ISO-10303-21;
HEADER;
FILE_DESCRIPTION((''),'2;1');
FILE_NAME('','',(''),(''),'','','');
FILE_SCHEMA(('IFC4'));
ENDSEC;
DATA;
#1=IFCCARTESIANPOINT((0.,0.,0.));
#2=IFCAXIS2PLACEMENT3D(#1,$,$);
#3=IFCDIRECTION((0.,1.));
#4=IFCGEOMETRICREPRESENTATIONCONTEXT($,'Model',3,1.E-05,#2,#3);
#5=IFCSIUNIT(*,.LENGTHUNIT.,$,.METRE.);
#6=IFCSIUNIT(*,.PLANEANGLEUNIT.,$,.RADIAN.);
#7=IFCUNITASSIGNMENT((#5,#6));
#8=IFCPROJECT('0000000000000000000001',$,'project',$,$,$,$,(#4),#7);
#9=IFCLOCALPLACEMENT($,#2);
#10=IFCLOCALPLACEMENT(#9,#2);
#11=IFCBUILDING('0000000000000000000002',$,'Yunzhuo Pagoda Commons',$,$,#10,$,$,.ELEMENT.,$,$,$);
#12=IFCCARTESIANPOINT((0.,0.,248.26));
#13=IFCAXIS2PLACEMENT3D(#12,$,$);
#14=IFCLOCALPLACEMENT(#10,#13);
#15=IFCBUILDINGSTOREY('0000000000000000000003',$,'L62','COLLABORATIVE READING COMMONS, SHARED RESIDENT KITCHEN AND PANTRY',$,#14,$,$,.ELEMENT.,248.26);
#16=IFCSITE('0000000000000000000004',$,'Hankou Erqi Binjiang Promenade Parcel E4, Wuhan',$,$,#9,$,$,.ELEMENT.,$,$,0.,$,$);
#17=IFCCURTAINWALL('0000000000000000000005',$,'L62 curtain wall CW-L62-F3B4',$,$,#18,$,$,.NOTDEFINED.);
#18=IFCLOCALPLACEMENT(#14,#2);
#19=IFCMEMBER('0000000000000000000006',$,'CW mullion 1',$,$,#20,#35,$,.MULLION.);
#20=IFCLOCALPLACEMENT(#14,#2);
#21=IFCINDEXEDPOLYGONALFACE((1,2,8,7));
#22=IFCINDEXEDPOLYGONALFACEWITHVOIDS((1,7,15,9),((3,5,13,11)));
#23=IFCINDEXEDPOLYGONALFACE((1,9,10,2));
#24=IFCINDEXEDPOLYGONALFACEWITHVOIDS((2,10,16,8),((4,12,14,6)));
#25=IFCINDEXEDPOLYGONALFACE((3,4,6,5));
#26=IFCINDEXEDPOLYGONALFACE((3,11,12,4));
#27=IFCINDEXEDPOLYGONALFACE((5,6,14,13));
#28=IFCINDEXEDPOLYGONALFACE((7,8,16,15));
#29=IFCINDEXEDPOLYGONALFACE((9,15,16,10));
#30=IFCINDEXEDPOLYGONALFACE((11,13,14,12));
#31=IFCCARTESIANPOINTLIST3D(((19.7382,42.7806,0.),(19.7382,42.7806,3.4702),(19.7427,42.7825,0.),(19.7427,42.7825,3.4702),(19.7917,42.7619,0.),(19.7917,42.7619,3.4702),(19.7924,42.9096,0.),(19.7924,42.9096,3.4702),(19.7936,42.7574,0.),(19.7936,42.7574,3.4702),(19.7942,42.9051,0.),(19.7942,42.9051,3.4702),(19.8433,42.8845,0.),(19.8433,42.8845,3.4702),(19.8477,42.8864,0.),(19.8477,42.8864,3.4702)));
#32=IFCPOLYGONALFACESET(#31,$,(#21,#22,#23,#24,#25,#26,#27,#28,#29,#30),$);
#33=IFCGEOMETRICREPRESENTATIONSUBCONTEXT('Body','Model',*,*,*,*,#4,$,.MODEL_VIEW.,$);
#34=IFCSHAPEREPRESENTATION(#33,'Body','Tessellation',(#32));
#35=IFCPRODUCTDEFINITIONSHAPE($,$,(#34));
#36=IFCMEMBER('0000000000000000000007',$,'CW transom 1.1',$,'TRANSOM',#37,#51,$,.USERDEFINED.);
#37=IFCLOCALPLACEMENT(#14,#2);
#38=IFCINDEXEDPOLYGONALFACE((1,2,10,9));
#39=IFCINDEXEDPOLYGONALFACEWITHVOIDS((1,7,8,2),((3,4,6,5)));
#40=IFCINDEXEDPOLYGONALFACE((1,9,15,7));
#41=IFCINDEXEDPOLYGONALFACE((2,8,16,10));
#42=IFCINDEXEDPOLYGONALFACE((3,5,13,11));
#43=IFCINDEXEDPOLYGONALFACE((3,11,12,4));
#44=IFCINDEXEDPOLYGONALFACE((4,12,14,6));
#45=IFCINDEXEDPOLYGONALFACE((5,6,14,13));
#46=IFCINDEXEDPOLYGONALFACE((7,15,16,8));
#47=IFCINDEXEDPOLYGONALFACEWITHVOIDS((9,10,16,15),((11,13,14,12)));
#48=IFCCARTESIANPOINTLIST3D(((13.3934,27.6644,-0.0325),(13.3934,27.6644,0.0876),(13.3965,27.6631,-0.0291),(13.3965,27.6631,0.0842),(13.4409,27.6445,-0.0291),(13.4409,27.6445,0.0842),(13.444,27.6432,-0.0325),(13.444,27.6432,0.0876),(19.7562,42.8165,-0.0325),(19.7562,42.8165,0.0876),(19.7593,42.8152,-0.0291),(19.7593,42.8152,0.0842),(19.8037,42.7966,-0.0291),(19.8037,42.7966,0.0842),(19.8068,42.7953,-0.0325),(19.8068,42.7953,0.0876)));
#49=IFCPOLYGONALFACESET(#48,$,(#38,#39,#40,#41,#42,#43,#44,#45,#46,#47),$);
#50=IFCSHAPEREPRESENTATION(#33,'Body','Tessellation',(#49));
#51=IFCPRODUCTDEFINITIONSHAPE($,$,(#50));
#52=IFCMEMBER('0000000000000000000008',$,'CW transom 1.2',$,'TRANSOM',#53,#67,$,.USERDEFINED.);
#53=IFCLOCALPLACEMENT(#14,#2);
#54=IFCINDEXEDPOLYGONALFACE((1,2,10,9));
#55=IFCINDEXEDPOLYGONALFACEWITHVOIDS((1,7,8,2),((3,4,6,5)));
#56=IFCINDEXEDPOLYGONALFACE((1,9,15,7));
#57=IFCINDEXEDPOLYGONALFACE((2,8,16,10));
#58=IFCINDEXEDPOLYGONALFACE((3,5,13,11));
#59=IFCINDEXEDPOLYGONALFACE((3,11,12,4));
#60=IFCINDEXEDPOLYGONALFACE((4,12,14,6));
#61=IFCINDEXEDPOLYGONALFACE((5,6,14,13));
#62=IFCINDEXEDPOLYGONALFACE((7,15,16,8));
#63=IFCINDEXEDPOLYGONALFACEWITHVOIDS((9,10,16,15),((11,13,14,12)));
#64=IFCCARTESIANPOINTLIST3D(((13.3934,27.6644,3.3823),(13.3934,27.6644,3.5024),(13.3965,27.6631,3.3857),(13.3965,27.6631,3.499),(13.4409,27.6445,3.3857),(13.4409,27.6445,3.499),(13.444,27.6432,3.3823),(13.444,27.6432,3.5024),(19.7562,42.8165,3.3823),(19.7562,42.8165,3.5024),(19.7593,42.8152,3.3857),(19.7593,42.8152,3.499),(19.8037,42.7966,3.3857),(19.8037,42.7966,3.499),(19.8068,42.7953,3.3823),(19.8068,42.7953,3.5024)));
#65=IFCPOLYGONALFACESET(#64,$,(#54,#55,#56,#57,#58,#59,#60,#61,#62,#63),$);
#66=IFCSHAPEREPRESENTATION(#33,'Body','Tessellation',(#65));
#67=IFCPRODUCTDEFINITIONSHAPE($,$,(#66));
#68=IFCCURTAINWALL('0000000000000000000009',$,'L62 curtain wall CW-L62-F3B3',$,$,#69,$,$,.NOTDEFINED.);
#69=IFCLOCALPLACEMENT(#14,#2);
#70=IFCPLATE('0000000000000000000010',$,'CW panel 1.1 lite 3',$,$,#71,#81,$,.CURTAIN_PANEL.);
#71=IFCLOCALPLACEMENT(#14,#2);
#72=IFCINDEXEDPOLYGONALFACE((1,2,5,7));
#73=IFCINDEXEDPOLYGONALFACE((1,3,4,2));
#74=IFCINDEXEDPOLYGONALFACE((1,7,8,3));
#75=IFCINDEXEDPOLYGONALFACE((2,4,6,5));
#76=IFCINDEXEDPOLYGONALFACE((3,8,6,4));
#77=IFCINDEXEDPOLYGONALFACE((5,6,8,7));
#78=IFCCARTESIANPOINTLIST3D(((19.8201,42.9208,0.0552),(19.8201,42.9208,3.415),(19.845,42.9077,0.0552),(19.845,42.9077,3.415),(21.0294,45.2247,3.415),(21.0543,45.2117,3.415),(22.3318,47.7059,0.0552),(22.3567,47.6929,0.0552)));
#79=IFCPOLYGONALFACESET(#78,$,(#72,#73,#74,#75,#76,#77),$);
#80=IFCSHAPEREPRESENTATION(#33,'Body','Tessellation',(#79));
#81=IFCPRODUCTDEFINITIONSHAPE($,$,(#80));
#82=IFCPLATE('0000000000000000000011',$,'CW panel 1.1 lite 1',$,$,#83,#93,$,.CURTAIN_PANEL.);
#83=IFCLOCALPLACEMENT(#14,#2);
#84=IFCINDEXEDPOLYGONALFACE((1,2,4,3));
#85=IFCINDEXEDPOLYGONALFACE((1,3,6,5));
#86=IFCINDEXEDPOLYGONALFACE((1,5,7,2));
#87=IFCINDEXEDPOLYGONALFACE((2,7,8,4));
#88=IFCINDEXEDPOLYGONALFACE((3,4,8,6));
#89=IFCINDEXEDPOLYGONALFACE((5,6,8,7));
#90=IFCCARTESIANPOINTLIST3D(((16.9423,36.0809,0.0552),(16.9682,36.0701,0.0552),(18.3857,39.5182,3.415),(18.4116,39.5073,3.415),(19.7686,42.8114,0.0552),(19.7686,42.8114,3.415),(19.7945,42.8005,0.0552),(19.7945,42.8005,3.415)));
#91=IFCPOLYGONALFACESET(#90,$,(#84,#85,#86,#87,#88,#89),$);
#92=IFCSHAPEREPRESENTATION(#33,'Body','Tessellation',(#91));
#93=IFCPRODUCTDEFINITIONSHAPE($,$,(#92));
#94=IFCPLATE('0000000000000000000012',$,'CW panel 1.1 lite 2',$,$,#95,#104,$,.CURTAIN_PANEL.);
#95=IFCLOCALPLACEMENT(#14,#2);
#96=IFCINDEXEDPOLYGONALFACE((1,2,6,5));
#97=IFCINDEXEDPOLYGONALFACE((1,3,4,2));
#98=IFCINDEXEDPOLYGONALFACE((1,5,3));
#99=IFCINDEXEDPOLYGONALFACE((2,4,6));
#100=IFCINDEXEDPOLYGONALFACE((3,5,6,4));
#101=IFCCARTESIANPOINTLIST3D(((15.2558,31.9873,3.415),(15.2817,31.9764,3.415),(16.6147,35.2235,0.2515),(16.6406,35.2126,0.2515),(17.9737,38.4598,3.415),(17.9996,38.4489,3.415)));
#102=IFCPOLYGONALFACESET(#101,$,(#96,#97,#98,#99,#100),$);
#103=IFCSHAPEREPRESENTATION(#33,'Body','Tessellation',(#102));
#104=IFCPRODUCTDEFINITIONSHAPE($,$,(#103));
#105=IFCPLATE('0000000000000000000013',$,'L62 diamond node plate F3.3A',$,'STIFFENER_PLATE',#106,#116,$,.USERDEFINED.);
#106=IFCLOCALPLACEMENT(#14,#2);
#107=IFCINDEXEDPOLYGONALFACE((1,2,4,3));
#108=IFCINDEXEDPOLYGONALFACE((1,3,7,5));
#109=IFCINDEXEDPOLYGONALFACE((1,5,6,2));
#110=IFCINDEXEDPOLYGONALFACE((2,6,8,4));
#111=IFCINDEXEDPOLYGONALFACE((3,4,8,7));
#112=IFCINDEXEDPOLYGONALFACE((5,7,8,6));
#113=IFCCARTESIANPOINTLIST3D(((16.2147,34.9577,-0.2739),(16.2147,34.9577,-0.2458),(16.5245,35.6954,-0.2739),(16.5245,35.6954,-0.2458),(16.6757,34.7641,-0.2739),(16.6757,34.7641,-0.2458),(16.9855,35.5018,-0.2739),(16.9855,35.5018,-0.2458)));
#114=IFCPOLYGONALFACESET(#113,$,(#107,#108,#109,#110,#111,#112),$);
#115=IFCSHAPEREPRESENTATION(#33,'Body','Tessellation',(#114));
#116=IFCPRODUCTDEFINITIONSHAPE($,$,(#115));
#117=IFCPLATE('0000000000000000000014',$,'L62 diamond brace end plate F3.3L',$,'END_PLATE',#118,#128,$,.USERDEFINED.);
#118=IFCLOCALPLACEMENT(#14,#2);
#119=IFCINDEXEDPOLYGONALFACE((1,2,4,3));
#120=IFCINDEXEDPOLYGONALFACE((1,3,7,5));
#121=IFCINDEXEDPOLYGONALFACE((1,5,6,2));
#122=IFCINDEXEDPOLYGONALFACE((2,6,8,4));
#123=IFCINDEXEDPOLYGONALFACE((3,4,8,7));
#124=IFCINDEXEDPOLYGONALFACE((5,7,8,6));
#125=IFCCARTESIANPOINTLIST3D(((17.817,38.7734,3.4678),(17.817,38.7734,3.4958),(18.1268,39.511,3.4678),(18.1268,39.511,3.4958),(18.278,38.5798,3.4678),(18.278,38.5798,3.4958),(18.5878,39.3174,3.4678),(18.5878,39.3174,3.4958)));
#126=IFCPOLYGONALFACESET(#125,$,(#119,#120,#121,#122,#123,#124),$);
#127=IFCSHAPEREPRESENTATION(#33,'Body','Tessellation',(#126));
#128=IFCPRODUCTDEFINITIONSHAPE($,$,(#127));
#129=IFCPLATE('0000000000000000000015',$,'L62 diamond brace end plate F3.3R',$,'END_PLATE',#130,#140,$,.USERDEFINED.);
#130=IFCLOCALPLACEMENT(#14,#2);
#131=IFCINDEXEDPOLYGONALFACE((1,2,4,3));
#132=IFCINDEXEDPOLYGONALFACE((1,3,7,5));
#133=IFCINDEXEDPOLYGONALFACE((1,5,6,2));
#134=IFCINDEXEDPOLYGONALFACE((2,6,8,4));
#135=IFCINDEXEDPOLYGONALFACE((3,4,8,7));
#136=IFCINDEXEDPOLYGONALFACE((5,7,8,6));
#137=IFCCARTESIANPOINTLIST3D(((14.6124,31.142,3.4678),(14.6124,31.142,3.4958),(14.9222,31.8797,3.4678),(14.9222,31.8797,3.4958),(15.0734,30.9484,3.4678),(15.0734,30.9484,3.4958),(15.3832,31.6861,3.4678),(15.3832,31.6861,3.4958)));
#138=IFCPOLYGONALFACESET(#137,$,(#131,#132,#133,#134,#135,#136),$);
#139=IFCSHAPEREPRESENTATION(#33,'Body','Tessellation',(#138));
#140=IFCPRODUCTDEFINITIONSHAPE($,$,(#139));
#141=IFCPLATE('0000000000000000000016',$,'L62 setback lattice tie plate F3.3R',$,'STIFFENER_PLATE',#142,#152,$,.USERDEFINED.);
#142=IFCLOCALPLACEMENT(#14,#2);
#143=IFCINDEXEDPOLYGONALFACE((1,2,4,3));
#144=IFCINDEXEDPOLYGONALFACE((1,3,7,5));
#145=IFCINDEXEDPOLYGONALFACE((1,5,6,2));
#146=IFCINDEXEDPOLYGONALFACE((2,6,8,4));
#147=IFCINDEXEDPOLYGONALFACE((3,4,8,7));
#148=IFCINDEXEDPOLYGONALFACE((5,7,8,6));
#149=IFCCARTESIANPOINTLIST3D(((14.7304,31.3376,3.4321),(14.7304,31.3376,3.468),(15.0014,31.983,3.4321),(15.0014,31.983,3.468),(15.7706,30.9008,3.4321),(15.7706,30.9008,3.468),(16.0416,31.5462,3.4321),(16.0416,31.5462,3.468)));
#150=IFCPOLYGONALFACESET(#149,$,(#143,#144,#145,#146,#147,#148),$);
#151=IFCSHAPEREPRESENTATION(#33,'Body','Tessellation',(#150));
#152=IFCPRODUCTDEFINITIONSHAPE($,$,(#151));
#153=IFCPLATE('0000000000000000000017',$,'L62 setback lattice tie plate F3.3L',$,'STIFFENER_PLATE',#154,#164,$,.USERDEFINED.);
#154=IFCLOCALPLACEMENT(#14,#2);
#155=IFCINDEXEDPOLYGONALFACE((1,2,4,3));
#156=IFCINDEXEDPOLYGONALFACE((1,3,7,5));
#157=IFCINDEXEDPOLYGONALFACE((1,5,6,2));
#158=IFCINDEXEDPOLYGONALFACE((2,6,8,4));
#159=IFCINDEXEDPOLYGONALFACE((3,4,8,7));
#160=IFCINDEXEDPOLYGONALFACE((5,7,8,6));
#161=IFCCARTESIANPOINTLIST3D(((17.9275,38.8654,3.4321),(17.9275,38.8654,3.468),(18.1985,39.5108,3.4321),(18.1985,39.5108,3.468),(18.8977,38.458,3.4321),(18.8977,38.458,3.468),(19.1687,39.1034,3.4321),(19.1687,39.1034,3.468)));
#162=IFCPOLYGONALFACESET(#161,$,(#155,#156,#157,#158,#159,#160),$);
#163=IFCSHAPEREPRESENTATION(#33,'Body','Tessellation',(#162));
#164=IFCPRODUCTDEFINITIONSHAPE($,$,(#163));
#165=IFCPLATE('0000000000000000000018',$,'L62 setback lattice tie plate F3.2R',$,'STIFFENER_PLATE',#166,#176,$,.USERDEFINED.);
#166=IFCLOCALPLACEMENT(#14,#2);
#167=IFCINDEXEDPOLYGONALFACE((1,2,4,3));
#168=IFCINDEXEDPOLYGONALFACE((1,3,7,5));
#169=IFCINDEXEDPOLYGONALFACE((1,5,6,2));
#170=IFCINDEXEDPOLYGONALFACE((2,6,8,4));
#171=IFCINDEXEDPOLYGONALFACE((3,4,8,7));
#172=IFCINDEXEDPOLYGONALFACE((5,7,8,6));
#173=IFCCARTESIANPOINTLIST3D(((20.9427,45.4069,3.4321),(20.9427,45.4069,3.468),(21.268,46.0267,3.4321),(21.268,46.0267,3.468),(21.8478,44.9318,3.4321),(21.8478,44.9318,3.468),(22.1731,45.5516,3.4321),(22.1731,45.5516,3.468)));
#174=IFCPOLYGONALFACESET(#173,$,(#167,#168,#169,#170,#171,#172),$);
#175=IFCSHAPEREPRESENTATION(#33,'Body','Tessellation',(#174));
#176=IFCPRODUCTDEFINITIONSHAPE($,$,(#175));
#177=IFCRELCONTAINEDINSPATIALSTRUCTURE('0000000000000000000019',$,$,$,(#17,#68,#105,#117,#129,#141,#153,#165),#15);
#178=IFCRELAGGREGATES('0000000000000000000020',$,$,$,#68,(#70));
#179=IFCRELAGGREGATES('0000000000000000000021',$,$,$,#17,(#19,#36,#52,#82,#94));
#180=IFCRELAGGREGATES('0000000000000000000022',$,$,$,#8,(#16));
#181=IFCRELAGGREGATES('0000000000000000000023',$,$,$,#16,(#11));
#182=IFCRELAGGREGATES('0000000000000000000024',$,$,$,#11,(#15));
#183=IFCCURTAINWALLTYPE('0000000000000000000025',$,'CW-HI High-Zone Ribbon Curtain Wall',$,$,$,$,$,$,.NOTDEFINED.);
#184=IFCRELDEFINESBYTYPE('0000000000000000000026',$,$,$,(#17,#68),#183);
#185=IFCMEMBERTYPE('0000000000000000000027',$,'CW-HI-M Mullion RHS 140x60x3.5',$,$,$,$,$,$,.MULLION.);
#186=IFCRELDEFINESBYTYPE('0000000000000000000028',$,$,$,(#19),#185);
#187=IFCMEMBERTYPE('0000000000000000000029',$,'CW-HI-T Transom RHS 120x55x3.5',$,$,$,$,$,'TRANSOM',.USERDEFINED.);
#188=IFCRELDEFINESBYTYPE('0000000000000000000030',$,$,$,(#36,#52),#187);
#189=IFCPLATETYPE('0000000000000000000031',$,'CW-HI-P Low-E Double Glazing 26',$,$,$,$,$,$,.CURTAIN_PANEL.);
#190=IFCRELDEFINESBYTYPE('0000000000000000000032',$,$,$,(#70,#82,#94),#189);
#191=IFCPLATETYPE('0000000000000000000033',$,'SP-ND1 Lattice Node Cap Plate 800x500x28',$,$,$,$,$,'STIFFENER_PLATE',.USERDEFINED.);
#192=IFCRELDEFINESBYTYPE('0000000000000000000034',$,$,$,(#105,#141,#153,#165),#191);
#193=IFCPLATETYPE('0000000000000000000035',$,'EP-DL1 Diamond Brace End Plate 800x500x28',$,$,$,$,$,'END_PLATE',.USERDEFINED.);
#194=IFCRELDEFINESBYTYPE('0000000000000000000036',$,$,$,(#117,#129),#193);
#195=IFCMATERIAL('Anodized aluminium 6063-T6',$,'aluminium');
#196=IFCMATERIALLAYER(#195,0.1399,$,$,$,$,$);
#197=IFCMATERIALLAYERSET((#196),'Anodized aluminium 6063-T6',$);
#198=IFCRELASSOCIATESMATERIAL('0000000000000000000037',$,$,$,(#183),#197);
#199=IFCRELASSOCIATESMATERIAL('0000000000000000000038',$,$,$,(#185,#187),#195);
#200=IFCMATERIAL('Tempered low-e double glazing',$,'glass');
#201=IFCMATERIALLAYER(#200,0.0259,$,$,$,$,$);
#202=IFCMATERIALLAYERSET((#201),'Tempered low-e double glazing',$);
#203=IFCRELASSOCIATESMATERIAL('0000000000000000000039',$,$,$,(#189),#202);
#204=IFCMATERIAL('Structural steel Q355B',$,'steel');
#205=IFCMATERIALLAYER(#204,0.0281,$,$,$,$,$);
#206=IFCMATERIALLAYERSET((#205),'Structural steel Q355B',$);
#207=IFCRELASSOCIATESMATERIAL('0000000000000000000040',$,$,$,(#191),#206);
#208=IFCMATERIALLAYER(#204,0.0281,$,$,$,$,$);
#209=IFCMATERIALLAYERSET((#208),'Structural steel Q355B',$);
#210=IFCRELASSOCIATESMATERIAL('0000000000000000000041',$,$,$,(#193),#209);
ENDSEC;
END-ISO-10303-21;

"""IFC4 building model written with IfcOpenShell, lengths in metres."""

from ifc_helpers import new_model, si_unit, direction, frame, origin, origin_2d, place, context, subcontext, project, spatial, polyline, rectangle, hollow_rectangle, outline, extrude, source, transform, mapped, material, layer, layer_set, material_profile, profile_set, type_object, element, aggregate, save


model = new_model("IFC4")

# Units and contexts
model_context = context("Model", 3, precision=1e-05, world=origin(), true_north=direction((0.0, 1.0)))
body_context = subcontext(model_context, "Body", "Model", "MODEL_VIEW")
ifc_project = project(units=[si_unit("LENGTHUNIT", "METRE"), si_unit("PLANEANGLEUNIT", "RADIAN")], contexts=[model_context])

# Site, building, storey
site_placement = place(None, origin())
site = spatial("IfcSite", under=ifc_project, at=site_placement, Name="Hankou Erqi Binjiang Promenade Parcel E4, Wuhan", CompositionType="ELEMENT", RefElevation=0.0)
building_placement = place(site_placement, origin())
building = spatial("IfcBuilding", under=site, at=building_placement, Name="Yunzhuo Pagoda Commons", CompositionType="ELEMENT")
storey_placement = place(building_placement, frame((0.0, 0.0, 248.26)))
storey = spatial("IfcBuildingStorey", under=building, at=storey_placement, Name="L62", Description="COLLABORATIVE READING COMMONS, SHARED RESIDENT KITCHEN AND PANTRY", CompositionType="ELEMENT", Elevation=248.26)

# Shared definitions
ifc_material_1 = material(Name="Structural steel Q355B", Category="steel")

# Curtain wall, members
ifc_material_2 = material(Name="Anodized aluminium 6063-T6", Category="aluminium")
ifc_layer_1 = layer(ifc_material_2, 0.1399)
ifc_layer_set_1 = layer_set([ifc_layer_1], Name="Anodized aluminium 6063-T6")
curtain_wall_type = type_object("IfcCurtainWallType", Name="CW-HI High-Zone Ribbon Curtain Wall", PredefinedType="NOTDEFINED", material=ifc_layer_set_1)
curtain_wall_1_placement = place(storey_placement, origin())
curtain_wall_1 = element("IfcCurtainWall", 1, at=curtain_wall_1_placement, inside=storey, type_object=curtain_wall_type, Name="L62 curtain wall CW-L62-F3B4", PredefinedType="NOTDEFINED")
ifc_material_profile_1 = material_profile(ifc_material_2, hollow_rectangle(XDim=0.0601, YDim=0.1399, WallThickness=0.0034, at=origin_2d()), Name="Anodized aluminium 6063-T6")
ifc_profile_set_1 = profile_set([ifc_material_profile_1], Name="Anodized aluminium 6063-T6")
member_type_1 = type_object("IfcMemberType", Name="CW-HI-M Mullion RHS 140x60x3.5", PredefinedType="MULLION", material=ifc_profile_set_1)
shared_shape_1 = source(origin(), body_context, "Body", "SweptSolid", [
    extrude(hollow_rectangle(XDim=0.0601, YDim=0.1399, WallThickness=0.0034, at=origin_2d()), origin(), (0.0, 0.0, 1.0), 3.4702),
])
member_1_placement = place(storey_placement, frame((19.793, 42.8335, 0.0), z_axis=(0.0, 0.0, 1.0), x_axis=(0.922008, -0.38717, 0.0)))
member_1 = element("IfcMember", 2, at=member_1_placement, type_object=member_type_1, Name="CW mullion 1", PredefinedType="MULLION", context=body_context, shape_type="MappedRepresentation", body=[
    mapped(shared_shape_1, transform((0.0, 0.0, 0.0), scale=1.0)),
])
ifc_material_profile_2 = material_profile(ifc_material_2, hollow_rectangle(XDim=0.0549, YDim=0.1201, WallThickness=0.0034, at=origin_2d()), Name="Anodized aluminium 6063-T6")
ifc_profile_set_2 = profile_set([ifc_material_profile_2], Name="Anodized aluminium 6063-T6")
member_type_2 = type_object("IfcMemberType", Name="CW-HI-T Transom RHS 120x55x3.5", ElementType="TRANSOM", PredefinedType="USERDEFINED", material=ifc_profile_set_2)
shared_shape_2 = source(origin(), body_context, "Body", "SweptSolid", [
    extrude(hollow_rectangle(XDim=0.0549, YDim=0.1201, WallThickness=0.0034, at=origin_2d()), origin(), (0.0, 0.0, 1.0), 16.4338),
])
member_2_placement = place(storey_placement, frame((19.7815, 42.8059, 0.0276), z_axis=(-0.387176, -0.922006, 0.0), x_axis=(0.922006, -0.387176, 0.0)))
member_2 = element("IfcMember", 3, at=member_2_placement, type_object=member_type_2, Name="CW transom 1.1", ObjectType="TRANSOM", PredefinedType="USERDEFINED", context=body_context, shape_type="MappedRepresentation", body=[
    mapped(shared_shape_2, transform((0.0, 0.0, 0.0), scale=1.0)),
])
member_3_placement = place(storey_placement, frame((19.7815, 42.8059, 3.4424), z_axis=(-0.387176, -0.922006, 0.0), x_axis=(0.922006, -0.387176, 0.0)))
member_3 = element("IfcMember", 4, at=member_3_placement, type_object=member_type_2, Name="CW transom 1.2", ObjectType="TRANSOM", PredefinedType="USERDEFINED", context=body_context, shape_type="MappedRepresentation", body=[
    mapped(shared_shape_2, transform((0.0, 0.0, 0.0), scale=1.0)),
])

# Curtain wall, plate
curtain_wall_2_placement = place(storey_placement, origin())
curtain_wall_2 = element("IfcCurtainWall", 5, at=curtain_wall_2_placement, inside=storey, type_object=curtain_wall_type, Name="L62 curtain wall CW-L62-F3B3", PredefinedType="NOTDEFINED")
ifc_material_3 = material(Name="Tempered low-e double glazing", Category="glass")
ifc_layer_2 = layer(ifc_material_3, 0.0259)
ifc_layer_set_2 = layer_set([ifc_layer_2], Name="Tempered low-e double glazing")
plate_type_1 = type_object("IfcPlateType", Name="CW-HI-P Low-E Double Glazing 26", PredefinedType="CURTAIN_PANEL", material=ifc_layer_set_2)
plate_1_placement = place(storey_placement, frame((21.1008, 45.3003, 1.7351), z_axis=(-0.885433, 0.464767, 0.0), x_axis=(-0.464767, -0.885433, 0.0)))
plate_1 = element("IfcPlate", 6, at=plate_1_placement, type_object=plate_type_1, Name="CW panel 1.1 lite 3", PredefinedType="CURTAIN_PANEL", context=body_context, shape_type="SweptSolid", body=[
    extrude(outline(polyline([(-2.7021, -1.6799), (2.7021, -1.6799), (2.7021, 1.6799), (0.1001, 1.6799), (-2.7021, -1.6799)])), origin(), (0.0, 0.0, 1.0), 0.0281),
])
aggregate(curtain_wall_2, [plate_1])

# Plates
plate_2_placement = place(storey_placement, frame((18.3813, 39.4353, 1.7351), z_axis=(-0.922008, 0.38717, 0.0), x_axis=(-0.38717, -0.922008, 0.0)))
plate_2 = element("IfcPlate", 7, at=plate_2_placement, type_object=plate_type_1, Name="CW panel 1.1 lite 1", PredefinedType="CURTAIN_PANEL", context=body_context, shape_type="SweptSolid", body=[
    extrude(outline(polyline([(-3.6499, -1.6799), (3.6499, -1.6799), (-0.0781, 1.6799), (-3.6499, 1.6799), (-3.6499, -1.6799)])), origin(), (0.0, 0.0, 1.0), 0.0281),
])
plate_3_placement = place(storey_placement, frame((16.6406, 35.2126, 1.8333), z_axis=(-0.922008, 0.38717, 0.0), x_axis=(-0.38717, -0.922008, 0.0)))
plate_3 = element("IfcPlate", 8, at=plate_3_placement, type_object=plate_type_1, Name="CW panel 1.1 lite 2", PredefinedType="CURTAIN_PANEL", context=body_context, shape_type="SweptSolid", body=[
    extrude(outline(polyline([(-3.51, 1.5818), (0.0, -1.5818), (3.51, 1.5818), (-3.51, 1.5818)])), origin(), (0.0, 0.0, 1.0), 0.0281),
])
aggregate(curtain_wall_1, [member_1, member_2, member_3, plate_2, plate_3])

# Plates
ifc_layer_3 = layer(ifc_material_1, 0.0281)
ifc_layer_set_3 = layer_set([ifc_layer_3], Name="Structural steel Q355B")
plate_type_2 = type_object("IfcPlateType", Name="SP-ND1 Lattice Node Cap Plate 800x500x28", ElementType="STIFFENER_PLATE", PredefinedType="USERDEFINED", material=ifc_layer_set_3)
shared_shape_3 = source(origin(), body_context, "Body", "SweptSolid", [
    extrude(rectangle(XDim=0.8, YDim=0.5, at=origin_2d()), origin(), (0.0, 0.0, 1.0), 0.0281),
])
plate_4_placement = place(storey_placement, frame((16.6001, 35.2297, -0.2739), z_axis=(0.0, 0.0, 1.0), x_axis=(-0.387178, -0.922005, 0.0)))
element("IfcPlate", 9, at=plate_4_placement, inside=storey, type_object=plate_type_2, Name="L62 diamond node plate F3.3A", ObjectType="STIFFENER_PLATE", PredefinedType="USERDEFINED", context=body_context, shape_type="MappedRepresentation", body=[
    mapped(shared_shape_3, transform((0.0, 0.0, 0.0), scale=1.0)),
])
ifc_layer_4 = layer(ifc_material_1, 0.0281)
ifc_layer_set_4 = layer_set([ifc_layer_4], Name="Structural steel Q355B")
plate_type_3 = type_object("IfcPlateType", Name="EP-DL1 Diamond Brace End Plate 800x500x28", ElementType="END_PLATE", PredefinedType="USERDEFINED", material=ifc_layer_set_4)
for number, where, z_axis, x_axis, name in (
    (10, (18.2024, 39.0454, 3.4678), (0.0, 0.0, 1.0), (-0.387178, -0.922005, 0.0), "L62 diamond brace end plate F3.3L"),
    (11, (14.9978, 31.4141, 3.4678), (0.0, 0.0, 1.0), (-0.387178, -0.922005, 0.0), "L62 diamond brace end plate F3.3R"),
):
    element("IfcPlate", number, at=place(storey_placement, frame(where, z_axis=z_axis, x_axis=x_axis)), inside=storey, type_object=plate_type_3, Name=name, ObjectType="END_PLATE", PredefinedType="USERDEFINED", context=body_context, shape_type="MappedRepresentation", body=[
        mapped(shared_shape_3, transform((0.0, 0.0, 0.0), scale=1.0)),
    ])
shared_shape_4 = source(origin(), body_context, "Body", "SweptSolid", [
    extrude(rectangle(XDim=0.7, YDim=1.1282, at=origin_2d()), origin(), (0.0, 0.0, 1.0), 0.0359),
])
plate_5_placement = place(storey_placement, frame((15.386, 31.4419, 3.4321), z_axis=(0.0, 0.0, 1.0), x_axis=(-0.387178, -0.922005, 0.0)))
element("IfcPlate", 12, at=plate_5_placement, inside=storey, type_object=plate_type_2, Name="L62 setback lattice tie plate F3.3R", ObjectType="STIFFENER_PLATE", PredefinedType="USERDEFINED", context=body_context, shape_type="MappedRepresentation", body=[
    mapped(shared_shape_4, transform((0.0, 0.0, 0.0), scale=1.0)),
])
shared_shape_5 = source(origin(), body_context, "Body", "SweptSolid", [
    extrude(rectangle(XDim=0.7, YDim=1.0522, at=origin_2d()), origin(), (0.0, 0.0, 1.0), 0.0359),
])
plate_6_placement = place(storey_placement, frame((18.5481, 38.9844, 3.4321), z_axis=(0.0, 0.0, 1.0), x_axis=(-0.387178, -0.922005, 0.0)))
element("IfcPlate", 13, at=plate_6_placement, inside=storey, type_object=plate_type_2, Name="L62 setback lattice tie plate F3.3L", ObjectType="STIFFENER_PLATE", PredefinedType="USERDEFINED", context=body_context, shape_type="MappedRepresentation", body=[
    mapped(shared_shape_5, transform((0.0, 0.0, 0.0), scale=1.0)),
])
shared_shape_6 = source(origin(), body_context, "Body", "SweptSolid", [
    extrude(rectangle(XDim=0.7, YDim=1.0222, at=origin_2d()), origin(), (0.0, 0.0, 1.0), 0.0359),
])
plate_7_placement = place(storey_placement, frame((21.5579, 45.4792, 3.4321), z_axis=(0.0, 0.0, 1.0), x_axis=(-0.464765, -0.885434, 0.0)))
element("IfcPlate", 14, at=plate_7_placement, inside=storey, type_object=plate_type_2, Name="L62 setback lattice tie plate F3.2R", ObjectType="STIFFENER_PLATE", PredefinedType="USERDEFINED", context=body_context, shape_type="MappedRepresentation", body=[
    mapped(shared_shape_6, transform((0.0, 0.0, 0.0), scale=1.0)),
])

save(model, "model.ifc")
